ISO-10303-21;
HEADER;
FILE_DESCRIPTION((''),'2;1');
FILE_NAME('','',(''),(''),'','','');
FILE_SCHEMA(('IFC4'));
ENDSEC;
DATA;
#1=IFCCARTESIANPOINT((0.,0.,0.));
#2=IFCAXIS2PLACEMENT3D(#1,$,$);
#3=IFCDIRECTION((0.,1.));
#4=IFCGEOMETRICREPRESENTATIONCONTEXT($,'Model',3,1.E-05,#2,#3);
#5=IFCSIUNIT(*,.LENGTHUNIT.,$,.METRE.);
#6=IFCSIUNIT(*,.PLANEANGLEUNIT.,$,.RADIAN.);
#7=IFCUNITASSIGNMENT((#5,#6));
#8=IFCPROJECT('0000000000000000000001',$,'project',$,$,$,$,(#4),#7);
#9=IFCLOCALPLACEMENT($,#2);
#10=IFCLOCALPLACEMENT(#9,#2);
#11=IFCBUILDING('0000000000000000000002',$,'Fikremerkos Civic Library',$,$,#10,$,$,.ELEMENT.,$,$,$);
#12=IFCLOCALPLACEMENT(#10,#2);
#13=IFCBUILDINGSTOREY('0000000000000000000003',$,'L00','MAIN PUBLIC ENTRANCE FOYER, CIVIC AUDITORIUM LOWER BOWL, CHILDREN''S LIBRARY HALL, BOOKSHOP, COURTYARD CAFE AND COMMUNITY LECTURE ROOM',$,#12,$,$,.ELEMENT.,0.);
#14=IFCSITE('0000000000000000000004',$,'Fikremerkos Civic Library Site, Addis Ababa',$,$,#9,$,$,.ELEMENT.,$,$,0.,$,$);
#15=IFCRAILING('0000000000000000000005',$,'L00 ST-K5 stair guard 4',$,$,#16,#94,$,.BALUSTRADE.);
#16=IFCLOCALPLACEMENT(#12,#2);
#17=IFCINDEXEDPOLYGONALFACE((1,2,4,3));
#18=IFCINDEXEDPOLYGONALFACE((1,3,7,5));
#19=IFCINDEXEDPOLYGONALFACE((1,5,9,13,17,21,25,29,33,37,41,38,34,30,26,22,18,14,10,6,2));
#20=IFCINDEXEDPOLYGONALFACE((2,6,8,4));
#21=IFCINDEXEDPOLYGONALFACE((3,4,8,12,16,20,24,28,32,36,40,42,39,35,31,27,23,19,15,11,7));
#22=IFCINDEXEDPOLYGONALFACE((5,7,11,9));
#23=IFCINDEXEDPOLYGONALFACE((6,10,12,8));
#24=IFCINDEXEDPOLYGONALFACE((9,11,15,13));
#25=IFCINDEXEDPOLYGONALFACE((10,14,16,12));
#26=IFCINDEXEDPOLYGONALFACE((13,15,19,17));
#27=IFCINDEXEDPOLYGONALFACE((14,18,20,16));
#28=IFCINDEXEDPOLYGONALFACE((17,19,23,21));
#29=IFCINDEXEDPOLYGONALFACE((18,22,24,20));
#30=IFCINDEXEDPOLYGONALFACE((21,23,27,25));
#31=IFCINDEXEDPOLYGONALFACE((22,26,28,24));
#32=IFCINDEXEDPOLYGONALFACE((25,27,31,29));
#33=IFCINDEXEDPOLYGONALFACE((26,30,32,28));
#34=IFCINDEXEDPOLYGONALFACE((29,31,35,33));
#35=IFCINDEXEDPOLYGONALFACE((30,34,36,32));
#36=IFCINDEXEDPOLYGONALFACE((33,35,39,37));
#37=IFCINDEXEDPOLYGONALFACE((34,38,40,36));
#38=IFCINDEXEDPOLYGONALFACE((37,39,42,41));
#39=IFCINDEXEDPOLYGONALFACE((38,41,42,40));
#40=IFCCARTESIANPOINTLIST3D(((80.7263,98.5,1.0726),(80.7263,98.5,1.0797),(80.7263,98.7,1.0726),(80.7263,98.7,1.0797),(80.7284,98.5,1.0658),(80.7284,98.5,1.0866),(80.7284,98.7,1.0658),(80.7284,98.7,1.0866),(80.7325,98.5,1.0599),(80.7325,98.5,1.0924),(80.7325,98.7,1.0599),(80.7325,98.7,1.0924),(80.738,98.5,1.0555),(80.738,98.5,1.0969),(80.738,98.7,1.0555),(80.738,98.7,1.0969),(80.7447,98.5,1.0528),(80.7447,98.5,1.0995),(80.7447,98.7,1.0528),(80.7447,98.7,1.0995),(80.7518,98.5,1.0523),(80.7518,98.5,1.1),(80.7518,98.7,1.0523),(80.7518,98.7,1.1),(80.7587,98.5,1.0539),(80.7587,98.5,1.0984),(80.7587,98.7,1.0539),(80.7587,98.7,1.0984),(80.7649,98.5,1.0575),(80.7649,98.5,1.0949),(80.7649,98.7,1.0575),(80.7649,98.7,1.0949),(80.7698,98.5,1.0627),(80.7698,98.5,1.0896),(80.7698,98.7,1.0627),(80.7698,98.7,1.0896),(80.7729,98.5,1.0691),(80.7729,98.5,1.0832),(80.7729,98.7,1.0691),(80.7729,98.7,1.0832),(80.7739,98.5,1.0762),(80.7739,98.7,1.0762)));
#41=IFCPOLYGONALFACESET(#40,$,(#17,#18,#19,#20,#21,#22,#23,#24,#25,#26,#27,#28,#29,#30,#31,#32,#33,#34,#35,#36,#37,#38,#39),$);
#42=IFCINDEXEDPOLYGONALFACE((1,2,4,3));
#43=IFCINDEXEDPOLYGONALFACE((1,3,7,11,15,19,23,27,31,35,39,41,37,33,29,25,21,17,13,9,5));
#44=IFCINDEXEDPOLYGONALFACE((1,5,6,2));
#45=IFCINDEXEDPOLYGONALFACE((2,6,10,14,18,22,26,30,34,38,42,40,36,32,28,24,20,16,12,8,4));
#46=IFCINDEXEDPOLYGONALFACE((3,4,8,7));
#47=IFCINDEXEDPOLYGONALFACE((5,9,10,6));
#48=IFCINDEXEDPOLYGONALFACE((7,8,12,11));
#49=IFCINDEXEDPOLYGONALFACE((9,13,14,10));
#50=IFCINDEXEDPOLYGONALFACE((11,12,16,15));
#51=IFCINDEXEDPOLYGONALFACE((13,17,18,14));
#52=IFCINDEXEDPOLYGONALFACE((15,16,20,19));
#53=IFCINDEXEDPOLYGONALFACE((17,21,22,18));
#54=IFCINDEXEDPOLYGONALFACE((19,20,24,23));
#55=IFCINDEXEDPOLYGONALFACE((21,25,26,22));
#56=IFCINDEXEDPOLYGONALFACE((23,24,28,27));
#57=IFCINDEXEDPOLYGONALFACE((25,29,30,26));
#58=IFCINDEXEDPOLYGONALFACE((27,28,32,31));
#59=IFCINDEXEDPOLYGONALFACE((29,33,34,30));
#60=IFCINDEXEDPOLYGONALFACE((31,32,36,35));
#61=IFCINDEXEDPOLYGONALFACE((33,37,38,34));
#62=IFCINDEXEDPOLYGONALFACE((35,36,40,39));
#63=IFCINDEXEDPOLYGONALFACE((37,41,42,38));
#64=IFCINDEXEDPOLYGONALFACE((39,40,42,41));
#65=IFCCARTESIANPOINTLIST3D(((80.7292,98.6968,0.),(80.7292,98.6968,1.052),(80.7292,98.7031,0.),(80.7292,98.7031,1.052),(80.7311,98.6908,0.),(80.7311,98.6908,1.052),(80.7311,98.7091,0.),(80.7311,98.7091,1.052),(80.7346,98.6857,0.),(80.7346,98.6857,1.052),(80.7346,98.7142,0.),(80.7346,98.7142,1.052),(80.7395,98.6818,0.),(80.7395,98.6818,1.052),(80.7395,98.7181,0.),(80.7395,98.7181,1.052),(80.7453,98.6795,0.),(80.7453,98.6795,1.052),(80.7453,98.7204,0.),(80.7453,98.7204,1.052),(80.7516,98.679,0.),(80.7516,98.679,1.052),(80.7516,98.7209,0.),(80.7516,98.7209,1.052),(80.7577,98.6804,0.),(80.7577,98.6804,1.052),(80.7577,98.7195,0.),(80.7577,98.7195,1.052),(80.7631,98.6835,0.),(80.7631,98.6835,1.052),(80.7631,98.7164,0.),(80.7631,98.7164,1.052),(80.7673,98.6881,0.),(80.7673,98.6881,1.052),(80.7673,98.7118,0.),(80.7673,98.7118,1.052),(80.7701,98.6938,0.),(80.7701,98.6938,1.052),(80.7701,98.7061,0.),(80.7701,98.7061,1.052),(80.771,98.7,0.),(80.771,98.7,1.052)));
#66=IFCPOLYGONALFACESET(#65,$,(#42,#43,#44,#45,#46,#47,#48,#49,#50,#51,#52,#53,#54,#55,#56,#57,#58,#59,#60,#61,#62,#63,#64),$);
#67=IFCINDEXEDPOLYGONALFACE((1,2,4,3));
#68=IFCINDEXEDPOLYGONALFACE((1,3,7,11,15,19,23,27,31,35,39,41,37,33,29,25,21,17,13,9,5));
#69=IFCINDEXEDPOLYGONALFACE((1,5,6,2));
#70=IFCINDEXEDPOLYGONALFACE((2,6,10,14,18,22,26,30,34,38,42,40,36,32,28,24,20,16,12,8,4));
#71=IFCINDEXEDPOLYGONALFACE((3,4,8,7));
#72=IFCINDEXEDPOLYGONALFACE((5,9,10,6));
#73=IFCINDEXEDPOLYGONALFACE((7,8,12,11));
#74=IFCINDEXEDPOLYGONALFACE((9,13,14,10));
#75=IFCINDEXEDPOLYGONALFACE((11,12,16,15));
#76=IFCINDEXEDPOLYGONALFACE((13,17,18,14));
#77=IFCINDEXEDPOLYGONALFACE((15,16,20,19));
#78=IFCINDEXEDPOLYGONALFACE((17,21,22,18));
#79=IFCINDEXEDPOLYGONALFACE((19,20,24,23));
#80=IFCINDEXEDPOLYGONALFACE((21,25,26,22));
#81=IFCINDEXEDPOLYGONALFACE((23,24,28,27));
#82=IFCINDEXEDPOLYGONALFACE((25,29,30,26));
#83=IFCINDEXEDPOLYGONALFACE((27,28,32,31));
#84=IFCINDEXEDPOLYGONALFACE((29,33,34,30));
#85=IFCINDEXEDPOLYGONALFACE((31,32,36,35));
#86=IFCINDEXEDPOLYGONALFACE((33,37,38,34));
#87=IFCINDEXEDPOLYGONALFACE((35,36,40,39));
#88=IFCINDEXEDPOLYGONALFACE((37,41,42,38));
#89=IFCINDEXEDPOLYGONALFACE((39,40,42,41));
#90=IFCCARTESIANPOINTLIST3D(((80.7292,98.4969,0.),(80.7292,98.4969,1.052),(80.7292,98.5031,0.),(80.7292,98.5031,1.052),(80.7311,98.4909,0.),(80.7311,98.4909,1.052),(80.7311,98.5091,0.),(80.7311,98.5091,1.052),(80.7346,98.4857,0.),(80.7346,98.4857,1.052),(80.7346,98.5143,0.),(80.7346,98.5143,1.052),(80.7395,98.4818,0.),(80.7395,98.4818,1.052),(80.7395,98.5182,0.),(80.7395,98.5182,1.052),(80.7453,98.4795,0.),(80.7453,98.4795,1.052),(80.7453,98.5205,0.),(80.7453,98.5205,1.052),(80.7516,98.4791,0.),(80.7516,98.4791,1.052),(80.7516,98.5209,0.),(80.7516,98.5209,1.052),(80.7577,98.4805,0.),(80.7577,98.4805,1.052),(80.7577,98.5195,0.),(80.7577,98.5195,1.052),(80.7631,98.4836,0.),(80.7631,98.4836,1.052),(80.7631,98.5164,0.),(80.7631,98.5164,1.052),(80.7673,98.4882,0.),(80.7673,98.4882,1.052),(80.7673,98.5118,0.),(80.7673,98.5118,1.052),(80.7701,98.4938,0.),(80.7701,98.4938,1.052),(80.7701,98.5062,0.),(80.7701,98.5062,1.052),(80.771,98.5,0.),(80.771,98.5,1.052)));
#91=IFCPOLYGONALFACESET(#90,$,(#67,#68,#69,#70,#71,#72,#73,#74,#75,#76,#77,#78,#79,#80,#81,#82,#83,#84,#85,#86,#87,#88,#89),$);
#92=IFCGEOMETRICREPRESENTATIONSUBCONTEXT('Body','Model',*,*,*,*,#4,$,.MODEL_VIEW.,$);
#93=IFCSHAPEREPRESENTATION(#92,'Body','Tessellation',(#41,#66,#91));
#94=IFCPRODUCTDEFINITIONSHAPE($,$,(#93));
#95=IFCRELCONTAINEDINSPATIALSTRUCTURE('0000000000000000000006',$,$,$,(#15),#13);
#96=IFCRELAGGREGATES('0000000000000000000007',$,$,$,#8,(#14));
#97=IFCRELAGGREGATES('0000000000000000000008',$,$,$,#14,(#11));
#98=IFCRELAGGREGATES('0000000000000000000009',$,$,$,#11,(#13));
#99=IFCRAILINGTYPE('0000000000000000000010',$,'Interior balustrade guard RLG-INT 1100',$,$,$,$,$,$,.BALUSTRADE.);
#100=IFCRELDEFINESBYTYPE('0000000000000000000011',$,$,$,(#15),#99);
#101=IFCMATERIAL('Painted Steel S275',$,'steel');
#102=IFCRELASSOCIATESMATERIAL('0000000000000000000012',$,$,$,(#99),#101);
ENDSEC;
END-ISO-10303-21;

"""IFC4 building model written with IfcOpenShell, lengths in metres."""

from ifc_helpers import new_model, si_unit, direction, frame, origin, origin_2d, place, context, subcontext, project, spatial, circle, extrude, material, type_object, element, save


model = new_model("IFC4")

# Units and contexts
model_context = context("Model", 3, precision=1e-05, world=origin(), true_north=direction((0.0, 1.0)))
body_context = subcontext(model_context, "Body", "Model", "MODEL_VIEW")
ifc_project = project(units=[si_unit("LENGTHUNIT", "METRE"), si_unit("PLANEANGLEUNIT", "RADIAN")], contexts=[model_context])

# Site, building, storey
site_placement = place(None, origin())
site = spatial("IfcSite", under=ifc_project, at=site_placement, Name="Fikremerkos Civic Library Site, Addis Ababa", CompositionType="ELEMENT", RefElevation=0.0)
building_placement = place(site_placement, origin())
building = spatial("IfcBuilding", under=site, at=building_placement, Name="Fikremerkos Civic Library", CompositionType="ELEMENT")
storey_placement = place(building_placement, origin())
storey = spatial("IfcBuildingStorey", under=building, at=storey_placement, Name="L00", Description="MAIN PUBLIC ENTRANCE FOYER, CIVIC AUDITORIUM LOWER BOWL, CHILDREN'S LIBRARY HALL, BOOKSHOP, COURTYARD CAFE AND COMMUNITY LECTURE ROOM", CompositionType="ELEMENT", Elevation=0.0)

# Railing
ifc_material_1 = material(Name="Painted Steel S275", Category="steel")
railing_type_1 = type_object("IfcRailingType", Name="Interior balustrade guard RLG-INT 1100", PredefinedType="BALUSTRADE", material=ifc_material_1)
railing_1_placement = place(storey_placement, frame((80.75, 98.7, 0.0)))
element("IfcRailing", 1, at=railing_1_placement, inside=storey, type_object=railing_type_1, Name="L00 ST-K5 stair guard 4", PredefinedType="BALUSTRADE", context=body_context, shape_type="SweptSolid", body=[
    extrude(circle(Radius=0.0239, at=origin_2d()), frame((0.0, 0.0, 1.0762), z_axis=(0.0, -1.0, 0.0), x_axis=(1.0, 0.0, 0.0)), (0.0, 0.0, 1.0), 0.2),
    extrude(circle(Radius=0.021, at=origin_2d()), origin(), (0.0, 0.0, 1.0), 1.052),
    extrude(circle(Radius=0.021, at=origin_2d()), frame((0.0, -0.2, 0.0)), (0.0, 0.0, 1.0), 1.052),
])

save(model, "model.ifc")
